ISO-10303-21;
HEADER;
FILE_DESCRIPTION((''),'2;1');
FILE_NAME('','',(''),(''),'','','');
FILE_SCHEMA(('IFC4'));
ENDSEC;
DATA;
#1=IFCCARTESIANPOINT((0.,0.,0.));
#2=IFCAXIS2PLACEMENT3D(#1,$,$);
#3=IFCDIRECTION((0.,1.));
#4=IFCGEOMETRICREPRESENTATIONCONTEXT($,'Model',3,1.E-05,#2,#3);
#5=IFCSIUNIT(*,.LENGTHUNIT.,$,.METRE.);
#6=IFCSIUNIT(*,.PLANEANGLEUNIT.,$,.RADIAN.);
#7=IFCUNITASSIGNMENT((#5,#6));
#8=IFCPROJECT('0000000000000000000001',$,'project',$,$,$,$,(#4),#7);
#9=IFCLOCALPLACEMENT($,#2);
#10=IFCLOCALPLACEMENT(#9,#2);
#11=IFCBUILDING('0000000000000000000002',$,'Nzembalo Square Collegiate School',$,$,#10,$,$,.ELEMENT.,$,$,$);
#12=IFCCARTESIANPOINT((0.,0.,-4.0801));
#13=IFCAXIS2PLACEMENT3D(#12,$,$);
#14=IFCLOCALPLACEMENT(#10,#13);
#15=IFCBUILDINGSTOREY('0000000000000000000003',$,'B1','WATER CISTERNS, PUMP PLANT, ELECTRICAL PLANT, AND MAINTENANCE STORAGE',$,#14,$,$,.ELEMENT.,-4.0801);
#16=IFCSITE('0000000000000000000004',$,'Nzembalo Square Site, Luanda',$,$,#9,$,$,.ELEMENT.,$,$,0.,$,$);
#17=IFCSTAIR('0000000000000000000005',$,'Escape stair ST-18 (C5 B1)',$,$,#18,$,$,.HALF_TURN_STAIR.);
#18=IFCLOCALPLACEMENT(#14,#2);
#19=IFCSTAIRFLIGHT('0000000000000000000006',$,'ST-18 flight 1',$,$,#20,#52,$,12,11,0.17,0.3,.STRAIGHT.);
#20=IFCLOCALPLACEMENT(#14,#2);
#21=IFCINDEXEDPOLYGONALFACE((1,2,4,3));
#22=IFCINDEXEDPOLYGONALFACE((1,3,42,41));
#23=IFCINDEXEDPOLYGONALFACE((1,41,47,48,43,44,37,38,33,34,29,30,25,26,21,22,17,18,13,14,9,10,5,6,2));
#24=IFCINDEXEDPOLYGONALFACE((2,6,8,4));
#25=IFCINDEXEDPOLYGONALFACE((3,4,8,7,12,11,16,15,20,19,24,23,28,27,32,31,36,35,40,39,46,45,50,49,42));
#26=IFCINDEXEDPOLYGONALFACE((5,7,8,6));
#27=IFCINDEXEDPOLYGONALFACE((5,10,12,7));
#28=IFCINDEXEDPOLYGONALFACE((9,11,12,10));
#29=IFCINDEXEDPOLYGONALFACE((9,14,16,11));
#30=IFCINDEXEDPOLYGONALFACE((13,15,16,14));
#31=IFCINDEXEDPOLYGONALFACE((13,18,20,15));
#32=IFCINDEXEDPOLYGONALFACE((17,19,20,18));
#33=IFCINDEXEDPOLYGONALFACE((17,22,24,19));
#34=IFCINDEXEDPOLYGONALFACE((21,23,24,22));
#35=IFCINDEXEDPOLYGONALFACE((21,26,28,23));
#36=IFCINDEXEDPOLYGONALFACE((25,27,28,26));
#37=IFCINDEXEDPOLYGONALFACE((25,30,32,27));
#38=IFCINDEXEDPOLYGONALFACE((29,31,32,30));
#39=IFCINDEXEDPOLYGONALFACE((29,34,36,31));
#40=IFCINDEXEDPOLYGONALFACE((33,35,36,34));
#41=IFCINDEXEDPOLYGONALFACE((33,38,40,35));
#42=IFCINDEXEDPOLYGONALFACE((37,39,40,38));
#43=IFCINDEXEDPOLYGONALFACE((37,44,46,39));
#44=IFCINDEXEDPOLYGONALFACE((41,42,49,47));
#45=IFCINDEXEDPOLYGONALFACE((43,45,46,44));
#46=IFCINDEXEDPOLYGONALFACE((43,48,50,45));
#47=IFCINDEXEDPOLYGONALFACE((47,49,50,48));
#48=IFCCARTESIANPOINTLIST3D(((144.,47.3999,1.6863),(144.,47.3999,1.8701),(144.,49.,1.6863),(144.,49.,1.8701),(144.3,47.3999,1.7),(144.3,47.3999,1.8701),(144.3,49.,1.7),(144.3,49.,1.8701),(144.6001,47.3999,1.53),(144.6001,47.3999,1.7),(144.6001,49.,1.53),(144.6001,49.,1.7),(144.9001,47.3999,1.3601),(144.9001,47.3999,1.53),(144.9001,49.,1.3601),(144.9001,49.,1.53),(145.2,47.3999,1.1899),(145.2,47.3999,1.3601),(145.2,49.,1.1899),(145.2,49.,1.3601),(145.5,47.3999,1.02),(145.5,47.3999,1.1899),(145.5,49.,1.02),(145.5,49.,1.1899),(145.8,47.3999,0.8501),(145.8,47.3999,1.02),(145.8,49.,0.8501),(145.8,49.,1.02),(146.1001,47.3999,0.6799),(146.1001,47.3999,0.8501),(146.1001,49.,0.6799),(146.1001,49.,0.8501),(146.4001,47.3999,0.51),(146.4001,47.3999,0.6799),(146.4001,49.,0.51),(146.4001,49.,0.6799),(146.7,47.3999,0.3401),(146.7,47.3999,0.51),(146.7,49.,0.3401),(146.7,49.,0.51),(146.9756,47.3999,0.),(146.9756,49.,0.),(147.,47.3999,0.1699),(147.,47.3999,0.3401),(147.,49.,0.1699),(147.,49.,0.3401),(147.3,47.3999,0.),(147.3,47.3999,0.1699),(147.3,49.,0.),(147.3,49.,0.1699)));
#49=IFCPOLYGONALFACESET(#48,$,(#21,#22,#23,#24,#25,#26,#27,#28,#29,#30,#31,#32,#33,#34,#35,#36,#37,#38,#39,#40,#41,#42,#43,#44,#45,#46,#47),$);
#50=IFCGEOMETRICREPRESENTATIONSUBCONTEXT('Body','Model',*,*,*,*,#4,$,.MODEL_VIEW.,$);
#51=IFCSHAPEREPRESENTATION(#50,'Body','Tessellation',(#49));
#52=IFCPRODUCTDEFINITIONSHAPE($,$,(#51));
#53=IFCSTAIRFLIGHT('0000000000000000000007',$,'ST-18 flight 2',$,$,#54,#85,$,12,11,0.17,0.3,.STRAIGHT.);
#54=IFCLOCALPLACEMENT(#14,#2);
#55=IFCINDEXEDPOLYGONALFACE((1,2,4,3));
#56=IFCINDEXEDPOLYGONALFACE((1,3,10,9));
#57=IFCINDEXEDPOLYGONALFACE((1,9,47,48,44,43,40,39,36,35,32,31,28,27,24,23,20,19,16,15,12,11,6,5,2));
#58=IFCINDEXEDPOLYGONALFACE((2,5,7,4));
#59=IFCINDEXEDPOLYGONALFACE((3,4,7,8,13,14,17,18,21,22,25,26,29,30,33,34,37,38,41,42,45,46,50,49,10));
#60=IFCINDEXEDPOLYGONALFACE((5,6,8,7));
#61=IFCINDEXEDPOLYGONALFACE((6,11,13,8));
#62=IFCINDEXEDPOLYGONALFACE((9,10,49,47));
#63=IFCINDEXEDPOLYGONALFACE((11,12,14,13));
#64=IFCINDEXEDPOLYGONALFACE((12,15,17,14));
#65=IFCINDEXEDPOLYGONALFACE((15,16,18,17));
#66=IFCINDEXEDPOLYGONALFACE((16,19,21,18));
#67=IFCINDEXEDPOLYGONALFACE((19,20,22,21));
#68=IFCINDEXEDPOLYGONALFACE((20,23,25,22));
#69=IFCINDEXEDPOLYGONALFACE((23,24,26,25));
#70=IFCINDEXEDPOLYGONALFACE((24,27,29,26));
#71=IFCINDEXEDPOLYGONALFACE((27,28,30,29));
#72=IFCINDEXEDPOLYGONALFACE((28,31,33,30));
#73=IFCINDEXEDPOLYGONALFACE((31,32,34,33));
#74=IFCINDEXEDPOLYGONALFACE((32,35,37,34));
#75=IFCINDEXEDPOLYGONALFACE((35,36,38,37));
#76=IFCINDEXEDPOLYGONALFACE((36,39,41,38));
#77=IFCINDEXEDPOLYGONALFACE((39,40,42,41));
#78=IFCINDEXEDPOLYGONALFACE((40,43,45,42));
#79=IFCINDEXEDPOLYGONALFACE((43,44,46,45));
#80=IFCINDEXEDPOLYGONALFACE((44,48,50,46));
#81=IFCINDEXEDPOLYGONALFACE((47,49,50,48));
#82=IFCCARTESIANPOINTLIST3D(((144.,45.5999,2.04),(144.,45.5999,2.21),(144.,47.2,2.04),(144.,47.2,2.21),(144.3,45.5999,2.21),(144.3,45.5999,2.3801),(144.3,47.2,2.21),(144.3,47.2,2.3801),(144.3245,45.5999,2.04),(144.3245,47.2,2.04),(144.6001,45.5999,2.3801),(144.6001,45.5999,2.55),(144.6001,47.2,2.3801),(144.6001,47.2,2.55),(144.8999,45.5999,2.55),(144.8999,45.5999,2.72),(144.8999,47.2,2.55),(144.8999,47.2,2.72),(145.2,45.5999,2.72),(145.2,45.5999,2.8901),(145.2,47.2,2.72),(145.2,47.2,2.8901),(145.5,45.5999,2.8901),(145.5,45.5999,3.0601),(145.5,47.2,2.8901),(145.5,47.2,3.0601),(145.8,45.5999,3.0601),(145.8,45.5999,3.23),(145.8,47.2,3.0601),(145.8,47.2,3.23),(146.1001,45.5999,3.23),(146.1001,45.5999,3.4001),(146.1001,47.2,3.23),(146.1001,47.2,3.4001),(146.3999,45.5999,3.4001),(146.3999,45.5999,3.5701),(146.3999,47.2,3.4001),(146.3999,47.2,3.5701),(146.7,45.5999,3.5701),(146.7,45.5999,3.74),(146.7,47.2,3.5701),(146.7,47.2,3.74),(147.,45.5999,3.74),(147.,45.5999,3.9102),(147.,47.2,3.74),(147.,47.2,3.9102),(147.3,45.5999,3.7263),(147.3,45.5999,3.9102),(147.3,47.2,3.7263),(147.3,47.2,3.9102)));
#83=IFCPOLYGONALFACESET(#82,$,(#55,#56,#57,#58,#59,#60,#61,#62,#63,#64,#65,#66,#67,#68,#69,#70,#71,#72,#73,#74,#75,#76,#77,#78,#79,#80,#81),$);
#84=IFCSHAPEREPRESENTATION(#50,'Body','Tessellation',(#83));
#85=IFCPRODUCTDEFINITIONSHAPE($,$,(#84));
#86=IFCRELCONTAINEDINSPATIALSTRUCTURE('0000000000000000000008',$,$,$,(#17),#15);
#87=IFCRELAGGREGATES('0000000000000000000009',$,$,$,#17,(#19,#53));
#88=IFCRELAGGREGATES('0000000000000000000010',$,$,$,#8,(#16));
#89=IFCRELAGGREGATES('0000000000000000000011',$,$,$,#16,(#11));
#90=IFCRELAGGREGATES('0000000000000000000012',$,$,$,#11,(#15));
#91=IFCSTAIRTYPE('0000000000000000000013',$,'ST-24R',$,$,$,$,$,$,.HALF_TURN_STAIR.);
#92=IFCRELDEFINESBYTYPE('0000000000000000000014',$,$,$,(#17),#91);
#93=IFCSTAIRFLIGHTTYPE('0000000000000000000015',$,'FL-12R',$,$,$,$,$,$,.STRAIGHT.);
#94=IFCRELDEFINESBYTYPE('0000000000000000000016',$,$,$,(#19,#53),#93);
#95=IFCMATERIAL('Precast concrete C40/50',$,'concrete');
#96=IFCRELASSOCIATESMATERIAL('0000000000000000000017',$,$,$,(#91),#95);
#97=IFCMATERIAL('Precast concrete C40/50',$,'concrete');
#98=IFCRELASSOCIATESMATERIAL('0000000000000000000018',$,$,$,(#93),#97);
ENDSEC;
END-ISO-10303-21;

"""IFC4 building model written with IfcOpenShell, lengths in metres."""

from ifc_helpers import new_model, si_unit, direction, frame, origin, place, context, subcontext, project, spatial, polyline, outline, extrude, material, type_object, element, aggregate, save


model = new_model("IFC4")

# Units and contexts
model_context = context("Model", 3, precision=1e-05, world=origin(), true_north=direction((0.0, 1.0)))
body_context = subcontext(model_context, "Body", "Model", "MODEL_VIEW")
ifc_project = project(units=[si_unit("LENGTHUNIT", "METRE"), si_unit("PLANEANGLEUNIT", "RADIAN")], contexts=[model_context])

# Site, building, storey
site_placement = place(None, origin())
site = spatial("IfcSite", under=ifc_project, at=site_placement, Name="Nzembalo Square Site, Luanda", CompositionType="ELEMENT", RefElevation=0.0)
building_placement = place(site_placement, origin())
building = spatial("IfcBuilding", under=site, at=building_placement, Name="Nzembalo Square Collegiate School", CompositionType="ELEMENT")
storey_placement = place(building_placement, frame((0.0, 0.0, -4.0801)))
storey = spatial("IfcBuildingStorey", under=building, at=storey_placement, Name="B1", Description="WATER CISTERNS, PUMP PLANT, ELECTRICAL PLANT, AND MAINTENANCE STORAGE", CompositionType="ELEMENT", Elevation=-4.0801)

# Stair, stair flights
ifc_material_1 = material(Name="Precast concrete C40/50", Category="concrete")
stair_type = type_object("IfcStairType", Name="ST-24R", PredefinedType="HALF_TURN_STAIR", material=ifc_material_1)
stair_placement = place(storey_placement, origin())
stair = element("IfcStair", 1, at=stair_placement, inside=storey, type_object=stair_type, Name="Escape stair ST-18 (C5 B1)", PredefinedType="HALF_TURN_STAIR")
ifc_material_2 = material(Name="Precast concrete C40/50", Category="concrete")
stair_flight_type = type_object("IfcStairFlightType", Name="FL-12R", PredefinedType="STRAIGHT", material=ifc_material_2)
stair_flight_1_placement = place(storey_placement, frame((147.3, 48.2, 0.0), z_axis=(0.0, 0.0, 1.0), x_axis=(-1.0, 0.0, 0.0)))
stair_flight_1 = element("IfcStairFlight", 2, at=stair_flight_1_placement, type_object=stair_flight_type, Name="ST-18 flight 1", NumberOfRisers=12, NumberOfTreads=11, PredefinedType="STRAIGHT", RiserHeight=0.17, TreadLength=0.3, context=body_context, shape_type="SweptSolid", body=[
    extrude(outline(polyline([(0.0, 0.0), (0.0, 0.1699), (0.3, 0.1699), (0.3, 0.3401), (0.6001, 0.3401), (0.6001, 0.51), (0.8999, 0.51), (0.8999, 0.6799), (1.2, 0.6799), (1.2, 0.8501), (1.5, 0.8501), (1.5, 1.02), (1.8, 1.02), (1.8, 1.1899), (2.1001, 1.1899), (2.1001, 1.3601), (2.3999, 1.3601), (2.3999, 1.53), (2.7, 1.53), (2.7, 1.7), (3.0, 1.7), (3.0, 1.8701), (3.3, 1.8701), (3.3, 2.04), (3.3, 1.6863), (0.3245, 0.0), (0.0, 0.0)])), frame((0.0, 0.8, 0.0), z_axis=(0.0, -1.0, 0.0), x_axis=(1.0, 0.0, 0.0)), (0.0, 0.0, 1.0), 1.6001),
])
stair_flight_2_placement = place(storey_placement, frame((144.0, 46.3999, 2.04), z_axis=(0.0, 0.0, 1.0), x_axis=(1.0, 0.0, 0.0)))
stair_flight_2 = element("IfcStairFlight", 3, at=stair_flight_2_placement, type_object=stair_flight_type, Name="ST-18 flight 2", NumberOfRisers=12, NumberOfTreads=11, PredefinedType="STRAIGHT", RiserHeight=0.17, TreadLength=0.3, context=body_context, shape_type="SweptSolid", body=[
    extrude(outline(polyline([(0.0, 0.0), (0.0, 0.1699), (0.3, 0.1699), (0.3, 0.3401), (0.6001, 0.3401), (0.6001, 0.51), (0.8999, 0.51), (0.8999, 0.6799), (1.2, 0.6799), (1.2, 0.8501), (1.5, 0.8501), (1.5, 1.02), (1.8, 1.02), (1.8, 1.1899), (2.1001, 1.1899), (2.1001, 1.3601), (2.3999, 1.3601), (2.3999, 1.53), (2.7, 1.53), (2.7, 1.7), (3.0, 1.7), (3.0, 1.8701), (3.3, 1.8701), (3.3, 2.04), (3.3, 1.6863), (0.3245, 0.0), (0.0, 0.0)])), frame((0.0, 0.8, 0.0), z_axis=(0.0, -1.0, 0.0), x_axis=(1.0, 0.0, 0.0)), (0.0, 0.0, 1.0), 1.6001),
])
aggregate(stair, [stair_flight_1, stair_flight_2])

save(model, "model.ifc")
